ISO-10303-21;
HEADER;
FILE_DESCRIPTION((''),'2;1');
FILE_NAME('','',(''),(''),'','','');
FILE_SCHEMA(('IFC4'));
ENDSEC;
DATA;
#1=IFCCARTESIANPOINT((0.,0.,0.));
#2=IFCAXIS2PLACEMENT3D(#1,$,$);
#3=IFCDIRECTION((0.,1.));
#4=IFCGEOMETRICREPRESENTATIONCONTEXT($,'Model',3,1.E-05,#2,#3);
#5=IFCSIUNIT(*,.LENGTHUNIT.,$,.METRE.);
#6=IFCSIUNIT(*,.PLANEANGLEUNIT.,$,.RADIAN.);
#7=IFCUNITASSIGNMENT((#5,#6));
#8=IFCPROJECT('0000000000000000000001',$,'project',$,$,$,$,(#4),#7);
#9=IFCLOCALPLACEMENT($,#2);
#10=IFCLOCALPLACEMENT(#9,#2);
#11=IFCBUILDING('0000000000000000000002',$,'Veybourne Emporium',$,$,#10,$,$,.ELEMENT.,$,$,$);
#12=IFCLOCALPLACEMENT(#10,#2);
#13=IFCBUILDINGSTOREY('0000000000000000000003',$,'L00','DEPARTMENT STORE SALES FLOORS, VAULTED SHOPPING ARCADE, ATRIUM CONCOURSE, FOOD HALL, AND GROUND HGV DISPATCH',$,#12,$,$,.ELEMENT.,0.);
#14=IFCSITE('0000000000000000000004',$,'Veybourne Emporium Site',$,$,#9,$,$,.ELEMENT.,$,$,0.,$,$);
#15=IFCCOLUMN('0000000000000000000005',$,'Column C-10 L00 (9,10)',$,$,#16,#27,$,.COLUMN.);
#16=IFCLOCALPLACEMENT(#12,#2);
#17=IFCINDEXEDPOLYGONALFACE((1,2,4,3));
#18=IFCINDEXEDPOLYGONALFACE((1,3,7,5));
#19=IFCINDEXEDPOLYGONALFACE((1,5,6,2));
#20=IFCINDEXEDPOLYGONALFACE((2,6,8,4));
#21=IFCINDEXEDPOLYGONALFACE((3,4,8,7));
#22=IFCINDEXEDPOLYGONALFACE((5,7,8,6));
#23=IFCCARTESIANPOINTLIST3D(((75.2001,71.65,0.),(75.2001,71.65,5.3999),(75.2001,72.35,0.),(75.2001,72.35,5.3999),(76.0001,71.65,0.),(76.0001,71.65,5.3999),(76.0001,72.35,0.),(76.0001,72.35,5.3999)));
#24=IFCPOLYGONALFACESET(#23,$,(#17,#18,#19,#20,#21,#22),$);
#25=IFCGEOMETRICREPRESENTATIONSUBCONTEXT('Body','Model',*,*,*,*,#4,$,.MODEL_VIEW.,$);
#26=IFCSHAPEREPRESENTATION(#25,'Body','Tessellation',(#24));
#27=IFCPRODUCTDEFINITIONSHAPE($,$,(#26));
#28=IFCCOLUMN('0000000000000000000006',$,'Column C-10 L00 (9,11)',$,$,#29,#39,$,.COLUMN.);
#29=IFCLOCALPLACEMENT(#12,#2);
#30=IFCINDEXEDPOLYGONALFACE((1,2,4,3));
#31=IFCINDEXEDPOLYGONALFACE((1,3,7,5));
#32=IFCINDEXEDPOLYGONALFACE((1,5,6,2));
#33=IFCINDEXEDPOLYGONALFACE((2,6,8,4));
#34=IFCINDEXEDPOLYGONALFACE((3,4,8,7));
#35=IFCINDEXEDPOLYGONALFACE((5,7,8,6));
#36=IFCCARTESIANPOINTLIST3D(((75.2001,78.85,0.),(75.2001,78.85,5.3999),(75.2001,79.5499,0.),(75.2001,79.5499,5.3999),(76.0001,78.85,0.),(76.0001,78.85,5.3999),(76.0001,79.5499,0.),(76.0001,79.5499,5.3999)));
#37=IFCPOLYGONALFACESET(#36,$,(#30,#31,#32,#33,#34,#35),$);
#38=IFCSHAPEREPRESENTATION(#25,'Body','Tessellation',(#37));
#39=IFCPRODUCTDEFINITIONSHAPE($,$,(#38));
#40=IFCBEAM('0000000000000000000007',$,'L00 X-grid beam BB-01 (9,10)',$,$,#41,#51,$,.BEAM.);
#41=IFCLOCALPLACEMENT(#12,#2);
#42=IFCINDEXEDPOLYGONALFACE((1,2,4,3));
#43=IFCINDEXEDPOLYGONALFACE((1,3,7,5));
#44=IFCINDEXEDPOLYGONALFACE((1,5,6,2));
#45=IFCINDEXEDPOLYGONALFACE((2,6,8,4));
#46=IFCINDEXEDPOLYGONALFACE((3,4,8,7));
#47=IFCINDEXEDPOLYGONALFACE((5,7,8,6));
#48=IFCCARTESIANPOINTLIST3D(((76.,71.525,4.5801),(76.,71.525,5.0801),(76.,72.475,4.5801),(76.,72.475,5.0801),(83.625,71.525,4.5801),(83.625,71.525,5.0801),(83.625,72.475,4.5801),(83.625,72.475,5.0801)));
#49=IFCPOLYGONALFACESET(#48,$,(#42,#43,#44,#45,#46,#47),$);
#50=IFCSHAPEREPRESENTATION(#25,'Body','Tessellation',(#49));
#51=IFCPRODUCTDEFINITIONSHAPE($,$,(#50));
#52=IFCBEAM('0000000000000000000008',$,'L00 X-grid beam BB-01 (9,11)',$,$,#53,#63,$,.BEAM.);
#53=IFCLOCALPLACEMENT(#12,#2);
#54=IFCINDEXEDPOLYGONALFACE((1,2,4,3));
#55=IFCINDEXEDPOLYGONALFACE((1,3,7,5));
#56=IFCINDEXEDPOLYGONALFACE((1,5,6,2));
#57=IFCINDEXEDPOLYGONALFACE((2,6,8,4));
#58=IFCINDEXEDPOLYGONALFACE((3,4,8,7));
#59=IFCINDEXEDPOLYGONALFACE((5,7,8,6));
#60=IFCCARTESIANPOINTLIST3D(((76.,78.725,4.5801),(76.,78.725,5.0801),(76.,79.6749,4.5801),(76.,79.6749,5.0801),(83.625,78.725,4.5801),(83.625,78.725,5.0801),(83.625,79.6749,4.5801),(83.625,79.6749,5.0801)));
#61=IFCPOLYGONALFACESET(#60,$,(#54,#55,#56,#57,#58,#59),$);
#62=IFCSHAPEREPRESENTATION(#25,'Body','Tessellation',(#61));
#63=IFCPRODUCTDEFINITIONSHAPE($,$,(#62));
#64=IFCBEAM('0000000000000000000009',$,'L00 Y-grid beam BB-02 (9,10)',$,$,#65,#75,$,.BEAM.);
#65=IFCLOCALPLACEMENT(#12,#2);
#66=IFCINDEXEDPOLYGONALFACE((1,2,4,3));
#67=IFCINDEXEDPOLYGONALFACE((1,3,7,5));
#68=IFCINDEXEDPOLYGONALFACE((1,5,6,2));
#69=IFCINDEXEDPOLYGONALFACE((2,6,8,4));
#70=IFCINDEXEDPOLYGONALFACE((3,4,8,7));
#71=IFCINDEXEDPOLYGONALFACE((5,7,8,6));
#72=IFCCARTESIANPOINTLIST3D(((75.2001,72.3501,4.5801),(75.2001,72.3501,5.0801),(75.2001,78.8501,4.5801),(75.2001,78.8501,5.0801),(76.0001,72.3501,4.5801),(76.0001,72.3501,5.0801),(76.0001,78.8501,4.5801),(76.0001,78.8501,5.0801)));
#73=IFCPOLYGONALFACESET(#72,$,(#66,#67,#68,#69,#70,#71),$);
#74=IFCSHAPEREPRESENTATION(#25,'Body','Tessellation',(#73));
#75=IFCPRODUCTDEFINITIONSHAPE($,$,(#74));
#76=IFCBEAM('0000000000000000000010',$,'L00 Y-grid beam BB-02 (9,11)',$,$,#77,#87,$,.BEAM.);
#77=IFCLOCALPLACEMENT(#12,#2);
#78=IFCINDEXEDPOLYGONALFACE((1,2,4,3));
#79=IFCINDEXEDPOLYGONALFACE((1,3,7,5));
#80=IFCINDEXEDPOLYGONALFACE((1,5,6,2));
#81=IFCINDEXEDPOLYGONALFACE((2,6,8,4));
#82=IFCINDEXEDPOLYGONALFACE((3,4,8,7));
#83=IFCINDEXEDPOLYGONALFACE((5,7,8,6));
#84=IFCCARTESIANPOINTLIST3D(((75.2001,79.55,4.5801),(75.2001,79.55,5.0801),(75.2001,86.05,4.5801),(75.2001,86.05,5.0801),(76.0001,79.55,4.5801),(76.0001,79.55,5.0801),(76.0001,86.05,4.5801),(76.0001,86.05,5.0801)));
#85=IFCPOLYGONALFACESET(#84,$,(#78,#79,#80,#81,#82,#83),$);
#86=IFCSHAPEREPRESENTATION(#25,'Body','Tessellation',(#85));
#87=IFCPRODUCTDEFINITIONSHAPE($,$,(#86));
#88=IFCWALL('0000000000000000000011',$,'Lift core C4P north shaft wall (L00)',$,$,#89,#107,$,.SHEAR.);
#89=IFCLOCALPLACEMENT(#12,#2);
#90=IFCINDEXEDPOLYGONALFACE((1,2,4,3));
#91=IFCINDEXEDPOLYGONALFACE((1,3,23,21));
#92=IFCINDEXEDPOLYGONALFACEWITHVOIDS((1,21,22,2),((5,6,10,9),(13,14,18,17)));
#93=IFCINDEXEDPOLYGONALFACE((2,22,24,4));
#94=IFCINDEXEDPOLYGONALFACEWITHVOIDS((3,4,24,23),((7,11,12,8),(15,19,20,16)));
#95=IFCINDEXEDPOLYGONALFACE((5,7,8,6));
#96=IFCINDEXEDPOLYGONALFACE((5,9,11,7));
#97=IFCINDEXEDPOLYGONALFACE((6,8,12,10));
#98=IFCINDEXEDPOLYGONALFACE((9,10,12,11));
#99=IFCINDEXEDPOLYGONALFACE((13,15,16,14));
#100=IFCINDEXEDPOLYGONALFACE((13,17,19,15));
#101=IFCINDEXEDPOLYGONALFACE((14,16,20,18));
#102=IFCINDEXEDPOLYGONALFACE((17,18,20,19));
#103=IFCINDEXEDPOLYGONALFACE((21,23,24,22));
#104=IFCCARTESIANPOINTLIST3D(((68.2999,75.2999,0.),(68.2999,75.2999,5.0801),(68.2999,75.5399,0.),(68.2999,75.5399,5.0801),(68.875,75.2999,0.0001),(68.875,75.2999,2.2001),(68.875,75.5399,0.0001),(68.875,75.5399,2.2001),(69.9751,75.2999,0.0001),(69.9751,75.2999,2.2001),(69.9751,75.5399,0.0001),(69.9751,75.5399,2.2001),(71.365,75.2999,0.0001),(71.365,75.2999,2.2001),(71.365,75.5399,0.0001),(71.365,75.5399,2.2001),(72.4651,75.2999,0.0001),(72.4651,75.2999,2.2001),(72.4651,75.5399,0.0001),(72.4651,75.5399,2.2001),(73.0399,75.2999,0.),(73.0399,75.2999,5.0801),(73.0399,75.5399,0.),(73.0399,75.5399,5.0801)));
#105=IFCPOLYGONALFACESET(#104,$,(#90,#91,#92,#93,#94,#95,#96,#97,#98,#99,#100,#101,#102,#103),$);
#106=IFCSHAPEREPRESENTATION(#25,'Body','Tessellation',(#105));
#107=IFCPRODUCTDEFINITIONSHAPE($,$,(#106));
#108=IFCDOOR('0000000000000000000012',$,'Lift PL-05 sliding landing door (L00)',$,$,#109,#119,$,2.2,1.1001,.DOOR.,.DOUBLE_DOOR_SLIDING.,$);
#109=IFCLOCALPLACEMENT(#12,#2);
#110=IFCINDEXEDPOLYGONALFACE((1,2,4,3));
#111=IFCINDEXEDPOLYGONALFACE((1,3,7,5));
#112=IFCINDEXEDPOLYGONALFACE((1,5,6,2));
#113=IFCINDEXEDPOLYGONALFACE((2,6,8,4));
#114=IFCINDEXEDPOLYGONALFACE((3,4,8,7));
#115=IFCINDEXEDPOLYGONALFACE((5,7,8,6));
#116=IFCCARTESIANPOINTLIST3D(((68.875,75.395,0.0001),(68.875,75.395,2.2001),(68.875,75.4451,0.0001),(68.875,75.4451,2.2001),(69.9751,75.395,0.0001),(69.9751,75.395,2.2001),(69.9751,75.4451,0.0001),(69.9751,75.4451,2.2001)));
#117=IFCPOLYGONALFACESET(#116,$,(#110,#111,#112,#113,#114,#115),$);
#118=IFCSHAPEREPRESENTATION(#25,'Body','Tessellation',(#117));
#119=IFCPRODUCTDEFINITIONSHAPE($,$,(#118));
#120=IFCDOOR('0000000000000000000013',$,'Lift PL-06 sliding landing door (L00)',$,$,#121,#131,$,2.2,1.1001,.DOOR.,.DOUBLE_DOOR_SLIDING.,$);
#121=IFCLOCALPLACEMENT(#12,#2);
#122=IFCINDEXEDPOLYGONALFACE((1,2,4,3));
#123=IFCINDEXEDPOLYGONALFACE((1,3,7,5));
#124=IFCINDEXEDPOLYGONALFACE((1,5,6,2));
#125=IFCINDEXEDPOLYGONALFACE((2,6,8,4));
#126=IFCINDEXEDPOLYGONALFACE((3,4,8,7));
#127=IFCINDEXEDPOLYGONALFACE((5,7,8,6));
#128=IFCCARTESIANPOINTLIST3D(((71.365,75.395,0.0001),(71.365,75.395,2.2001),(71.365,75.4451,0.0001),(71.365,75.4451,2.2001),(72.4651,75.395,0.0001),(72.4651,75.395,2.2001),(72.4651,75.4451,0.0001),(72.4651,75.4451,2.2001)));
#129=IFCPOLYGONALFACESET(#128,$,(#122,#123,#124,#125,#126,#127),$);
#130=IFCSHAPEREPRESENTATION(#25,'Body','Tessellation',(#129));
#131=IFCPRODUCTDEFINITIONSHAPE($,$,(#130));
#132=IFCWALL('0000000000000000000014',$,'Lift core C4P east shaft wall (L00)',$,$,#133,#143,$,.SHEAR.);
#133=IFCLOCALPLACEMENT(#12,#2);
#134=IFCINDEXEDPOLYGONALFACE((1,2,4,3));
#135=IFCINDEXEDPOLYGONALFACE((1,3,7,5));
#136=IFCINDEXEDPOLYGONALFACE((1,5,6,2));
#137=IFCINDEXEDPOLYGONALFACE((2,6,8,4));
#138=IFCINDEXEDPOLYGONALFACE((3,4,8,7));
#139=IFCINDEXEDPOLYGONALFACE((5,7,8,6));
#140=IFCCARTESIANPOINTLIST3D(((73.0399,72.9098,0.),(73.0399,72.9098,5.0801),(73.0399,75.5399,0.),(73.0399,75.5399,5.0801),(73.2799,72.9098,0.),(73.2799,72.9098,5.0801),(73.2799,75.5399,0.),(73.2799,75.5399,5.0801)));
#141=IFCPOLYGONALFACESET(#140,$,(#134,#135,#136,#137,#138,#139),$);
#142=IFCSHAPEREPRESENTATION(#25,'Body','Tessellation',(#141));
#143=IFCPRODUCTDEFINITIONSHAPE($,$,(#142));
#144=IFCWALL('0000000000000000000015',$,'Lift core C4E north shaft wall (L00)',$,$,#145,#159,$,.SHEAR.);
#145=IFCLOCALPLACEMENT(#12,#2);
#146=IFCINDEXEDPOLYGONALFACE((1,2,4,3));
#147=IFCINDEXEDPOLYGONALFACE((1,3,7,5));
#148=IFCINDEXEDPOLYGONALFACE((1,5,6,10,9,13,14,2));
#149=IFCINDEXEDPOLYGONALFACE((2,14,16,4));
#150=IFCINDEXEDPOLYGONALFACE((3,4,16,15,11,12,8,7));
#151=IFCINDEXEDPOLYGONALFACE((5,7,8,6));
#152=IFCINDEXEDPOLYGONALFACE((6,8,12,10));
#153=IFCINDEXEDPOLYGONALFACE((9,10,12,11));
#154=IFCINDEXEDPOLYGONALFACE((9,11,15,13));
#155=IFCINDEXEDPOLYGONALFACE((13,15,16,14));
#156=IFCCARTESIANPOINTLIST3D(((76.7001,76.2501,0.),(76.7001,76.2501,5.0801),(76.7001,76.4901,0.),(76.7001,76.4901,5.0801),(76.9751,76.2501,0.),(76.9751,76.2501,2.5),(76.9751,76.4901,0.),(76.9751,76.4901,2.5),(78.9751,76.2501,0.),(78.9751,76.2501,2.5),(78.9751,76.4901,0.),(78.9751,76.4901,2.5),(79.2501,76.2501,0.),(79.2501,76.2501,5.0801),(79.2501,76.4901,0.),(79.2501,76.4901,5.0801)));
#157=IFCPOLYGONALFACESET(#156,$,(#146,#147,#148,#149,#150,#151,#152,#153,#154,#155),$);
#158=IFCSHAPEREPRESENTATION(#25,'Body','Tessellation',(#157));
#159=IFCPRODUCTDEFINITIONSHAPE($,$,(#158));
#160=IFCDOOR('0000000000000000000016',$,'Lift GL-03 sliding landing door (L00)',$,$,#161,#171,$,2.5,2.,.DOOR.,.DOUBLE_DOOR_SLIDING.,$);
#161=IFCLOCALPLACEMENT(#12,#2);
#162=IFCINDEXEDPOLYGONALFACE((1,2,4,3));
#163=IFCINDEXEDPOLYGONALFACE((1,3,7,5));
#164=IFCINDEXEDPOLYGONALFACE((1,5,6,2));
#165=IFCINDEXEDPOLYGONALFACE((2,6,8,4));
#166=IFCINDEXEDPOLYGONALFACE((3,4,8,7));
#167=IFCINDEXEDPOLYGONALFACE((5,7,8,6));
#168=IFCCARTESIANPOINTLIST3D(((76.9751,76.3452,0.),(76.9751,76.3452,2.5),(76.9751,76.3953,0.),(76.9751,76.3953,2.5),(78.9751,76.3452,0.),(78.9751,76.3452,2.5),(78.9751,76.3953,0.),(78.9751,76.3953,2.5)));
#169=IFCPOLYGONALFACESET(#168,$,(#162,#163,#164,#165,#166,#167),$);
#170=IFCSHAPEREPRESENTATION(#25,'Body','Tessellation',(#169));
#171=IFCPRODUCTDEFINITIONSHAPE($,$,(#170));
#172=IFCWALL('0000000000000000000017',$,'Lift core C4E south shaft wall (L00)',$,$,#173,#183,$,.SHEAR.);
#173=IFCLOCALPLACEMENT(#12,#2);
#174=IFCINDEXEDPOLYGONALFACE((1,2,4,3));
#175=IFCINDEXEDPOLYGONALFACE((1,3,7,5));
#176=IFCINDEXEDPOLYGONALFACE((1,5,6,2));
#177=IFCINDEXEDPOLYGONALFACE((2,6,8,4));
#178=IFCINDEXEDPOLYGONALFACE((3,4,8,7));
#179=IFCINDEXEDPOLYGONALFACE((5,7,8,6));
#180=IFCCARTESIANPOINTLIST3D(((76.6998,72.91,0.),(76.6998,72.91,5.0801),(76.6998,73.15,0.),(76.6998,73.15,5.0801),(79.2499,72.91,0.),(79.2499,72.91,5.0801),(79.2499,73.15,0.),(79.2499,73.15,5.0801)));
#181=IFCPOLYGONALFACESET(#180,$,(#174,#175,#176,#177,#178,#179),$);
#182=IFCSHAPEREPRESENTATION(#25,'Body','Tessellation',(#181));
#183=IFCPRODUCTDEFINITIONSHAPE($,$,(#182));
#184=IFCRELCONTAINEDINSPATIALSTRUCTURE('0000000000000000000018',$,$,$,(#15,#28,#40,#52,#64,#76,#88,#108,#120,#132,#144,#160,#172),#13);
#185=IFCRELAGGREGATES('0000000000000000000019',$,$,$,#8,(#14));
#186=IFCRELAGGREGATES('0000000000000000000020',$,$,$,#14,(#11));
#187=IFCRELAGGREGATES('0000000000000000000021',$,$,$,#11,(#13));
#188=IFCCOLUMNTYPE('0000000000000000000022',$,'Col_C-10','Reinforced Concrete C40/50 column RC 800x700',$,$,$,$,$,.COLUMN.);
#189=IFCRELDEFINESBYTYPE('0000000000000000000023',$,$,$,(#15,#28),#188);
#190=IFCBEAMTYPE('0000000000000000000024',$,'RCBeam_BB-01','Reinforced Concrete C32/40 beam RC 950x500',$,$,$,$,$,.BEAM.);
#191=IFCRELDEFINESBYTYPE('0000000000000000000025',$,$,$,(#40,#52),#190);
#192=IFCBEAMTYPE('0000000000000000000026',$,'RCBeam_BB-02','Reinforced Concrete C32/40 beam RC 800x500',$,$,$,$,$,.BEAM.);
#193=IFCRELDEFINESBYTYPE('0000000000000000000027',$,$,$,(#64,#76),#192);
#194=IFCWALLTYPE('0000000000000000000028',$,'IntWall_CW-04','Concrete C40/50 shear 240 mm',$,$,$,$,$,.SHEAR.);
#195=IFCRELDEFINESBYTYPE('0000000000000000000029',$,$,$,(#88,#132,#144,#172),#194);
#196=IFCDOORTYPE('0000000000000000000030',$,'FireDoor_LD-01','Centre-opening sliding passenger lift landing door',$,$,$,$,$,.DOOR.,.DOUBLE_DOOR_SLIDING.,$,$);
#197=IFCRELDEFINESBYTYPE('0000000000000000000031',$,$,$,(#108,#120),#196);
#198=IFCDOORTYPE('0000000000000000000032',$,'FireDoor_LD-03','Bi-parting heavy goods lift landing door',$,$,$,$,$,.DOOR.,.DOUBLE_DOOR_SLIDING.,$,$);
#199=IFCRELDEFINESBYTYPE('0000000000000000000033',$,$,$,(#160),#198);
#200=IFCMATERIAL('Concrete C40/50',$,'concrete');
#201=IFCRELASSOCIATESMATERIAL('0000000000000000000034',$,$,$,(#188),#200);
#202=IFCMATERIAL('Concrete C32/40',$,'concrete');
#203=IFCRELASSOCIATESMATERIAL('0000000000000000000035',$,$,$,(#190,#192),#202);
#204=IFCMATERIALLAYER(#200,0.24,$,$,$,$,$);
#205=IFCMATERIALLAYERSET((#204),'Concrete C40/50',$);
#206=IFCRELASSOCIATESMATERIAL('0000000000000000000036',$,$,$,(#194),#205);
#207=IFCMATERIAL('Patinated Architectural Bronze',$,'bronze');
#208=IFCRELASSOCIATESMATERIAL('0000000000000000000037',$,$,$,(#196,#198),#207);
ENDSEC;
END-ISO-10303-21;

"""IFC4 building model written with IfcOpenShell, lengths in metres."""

from ifc_helpers import new_model, si_unit, direction, frame, frame_2d, origin, origin_2d, place, context, subcontext, project, spatial, rectangle, extrude, material, layer, layer_set, material_profile, profile_set, type_object, element, fill, save


model = new_model("IFC4")

# Units and contexts
model_context = context("Model", 3, precision=1e-05, world=origin(), true_north=direction((0.0, 1.0)))
body_context = subcontext(model_context, "Body", "Model", "MODEL_VIEW")
ifc_project = project(units=[si_unit("LENGTHUNIT", "METRE"), si_unit("PLANEANGLEUNIT", "RADIAN")], contexts=[model_context])

# Site, building, storey
site_placement = place(None, origin())
site = spatial("IfcSite", under=ifc_project, at=site_placement, Name="Veybourne Emporium Site", CompositionType="ELEMENT", RefElevation=0.0)
building_placement = place(site_placement, origin())
building = spatial("IfcBuilding", under=site, at=building_placement, Name="Veybourne Emporium", CompositionType="ELEMENT")
storey_placement = place(building_placement, origin())
storey = spatial("IfcBuildingStorey", under=building, at=storey_placement, Name="L00", Description="DEPARTMENT STORE SALES FLOORS, VAULTED SHOPPING ARCADE, ATRIUM CONCOURSE, FOOD HALL, AND GROUND HGV DISPATCH", CompositionType="ELEMENT", Elevation=0.0)

# Columns
ifc_material_1 = material(Name="Concrete C40/50", Category="concrete")
ifc_material_profile_1 = material_profile(ifc_material_1, rectangle(XDim=0.8, YDim=0.7, at=origin_2d()), Name="RC 800x700")
ifc_profile_set_1 = profile_set([ifc_material_profile_1], Name="Concrete C40/50")
column_type = type_object("IfcColumnType", Name="Col_C-10", Description="Reinforced Concrete C40/50 column RC 800x700", PredefinedType="COLUMN", material=ifc_profile_set_1)
for number, where, z_axis, x_axis, name in (
    (1, (75.6001, 72.0, 0.0), (0.0, 0.0, 1.0), (1.0, 0.0, 0.0), "Column C-10 L00 (9,10)"),
    (2, (75.6001, 79.2, 0.0), (0.0, 0.0, 1.0), (1.0, 0.0, 0.0), "Column C-10 L00 (9,11)"),
):
    element("IfcColumn", number, at=place(storey_placement, frame(where, z_axis=z_axis, x_axis=x_axis)), inside=storey, type_object=column_type, Name=name, PredefinedType="COLUMN", context=body_context, shape_type="SweptSolid", body=[
        extrude(rectangle(XDim=0.8, YDim=0.7, at=origin_2d()), origin(), (0.0, 0.0, 1.0), 5.3999),
    ])

# Beams
ifc_material_2 = material(Name="Concrete C32/40", Category="concrete")
ifc_material_profile_2 = material_profile(ifc_material_2, rectangle(XDim=0.95, YDim=0.5, at=origin_2d()), Name="RC 950x500")
ifc_profile_set_2 = profile_set([ifc_material_profile_2], Name="Concrete C32/40")
beam_type_1 = type_object("IfcBeamType", Name="RCBeam_BB-01", Description="Reinforced Concrete C32/40 beam RC 950x500", PredefinedType="BEAM", material=ifc_profile_set_2)
for number, where, z_axis, x_axis, name in (
    (3, (76.0, 72.0, 4.8301), (1.0, 0.0, 0.0), (0.0, 1.0, 0.0), "L00 X-grid beam BB-01 (9,10)"),
    (4, (76.0, 79.2, 4.8301), (1.0, 0.0, 0.0), (0.0, 1.0, 0.0), "L00 X-grid beam BB-01 (9,11)"),
):
    element("IfcBeam", number, at=place(storey_placement, frame(where, z_axis=z_axis, x_axis=x_axis)), inside=storey, type_object=beam_type_1, Name=name, PredefinedType="BEAM", context=body_context, shape_type="SweptSolid", body=[
        extrude(rectangle(XDim=0.95, YDim=0.5, at=origin_2d()), origin(), (0.0, 0.0, 1.0), 7.625),
    ])
ifc_material_profile_3 = material_profile(ifc_material_2, rectangle(XDim=0.8, YDim=0.5, at=origin_2d()), Name="RC 800x500")
ifc_profile_set_3 = profile_set([ifc_material_profile_3], Name="Concrete C32/40")
beam_type_2 = type_object("IfcBeamType", Name="RCBeam_BB-02", Description="Reinforced Concrete C32/40 beam RC 800x500", PredefinedType="BEAM", material=ifc_profile_set_3)
for number, where, z_axis, x_axis, name in (
    (5, (75.6001, 72.3501, 4.8301), (0.0, 1.0, 0.0), (-1.0, 0.0, 0.0), "L00 Y-grid beam BB-02 (9,10)"),
    (6, (75.6001, 79.55, 4.8301), (0.0, 1.0, 0.0), (-1.0, 0.0, 0.0), "L00 Y-grid beam BB-02 (9,11)"),
):
    element("IfcBeam", number, at=place(storey_placement, frame(where, z_axis=z_axis, x_axis=x_axis)), inside=storey, type_object=beam_type_2, Name=name, PredefinedType="BEAM", context=body_context, shape_type="SweptSolid", body=[
        extrude(rectangle(XDim=0.8, YDim=0.5, at=origin_2d()), origin(), (0.0, 0.0, 1.0), 6.5),
    ])

# Wall, openings, doors
ifc_layer_1 = layer(ifc_material_1, 0.24)
ifc_layer_set_1 = layer_set([ifc_layer_1], Name="Concrete C40/50")
wall_type_1 = type_object("IfcWallType", Name="IntWall_CW-04", Description="Concrete C40/50 shear 240 mm", PredefinedType="SHEAR", material=ifc_layer_set_1)
wall_1_placement = place(storey_placement, frame((73.04, 75.4199, 0.0), z_axis=(0.0, 0.0, 1.0), x_axis=(-1.0, 0.0, 0.0)))
wall_1 = element("IfcWall", 7, at=wall_1_placement, inside=storey, type_object=wall_type_1, Name="Lift core C4P north shaft wall (L00)", PredefinedType="SHEAR", context=body_context, shape_type="SweptSolid", body=[
    extrude(rectangle(XDim=4.74, YDim=0.24, at=frame_2d((2.3701, 0.0))), origin(), (0.0, 0.0, 1.0), 5.0801),
])
opening_1_placement = place(wall_1_placement, frame((3.0649, 0.0, 0.0)))
opening_1 = element("IfcOpeningElement", 8, at=opening_1_placement, cuts=wall_1, PredefinedType="OPENING", context=body_context, shape_type="SweptSolid", body=[
    extrude(rectangle(XDim=1.1001, YDim=2.2, at=frame_2d((0.55, 1.1001))), frame((0.0, 0.1401, 0.0), z_axis=(0.0, -1.0, 0.0), x_axis=(1.0, 0.0, 0.0)), (0.0, 0.0, 1.0), 0.28),
])
opening_2_placement = place(wall_1_placement, frame((0.575, 0.0, 0.0)))
opening_2 = element("IfcOpeningElement", 9, at=opening_2_placement, cuts=wall_1, PredefinedType="OPENING", context=body_context, shape_type="SweptSolid", body=[
    extrude(rectangle(XDim=1.1001, YDim=2.2, at=frame_2d((0.55, 1.1001))), frame((0.0, 0.1401, 0.0), z_axis=(0.0, -1.0, 0.0), x_axis=(1.0, 0.0, 0.0)), (0.0, 0.0, 1.0), 0.28),
])
ifc_material_3 = material(Name="Patinated Architectural Bronze", Category="bronze")
door_type_1 = type_object("IfcDoorType", Name="FireDoor_LD-01", Description="Centre-opening sliding passenger lift landing door", OperationType="DOUBLE_DOOR_SLIDING", PredefinedType="DOOR", material=ifc_material_3)
door_1_placement = place(opening_1_placement, origin())
door_1 = element("IfcDoor", 10, at=door_1_placement, inside=storey, type_object=door_type_1, Name="Lift PL-05 sliding landing door (L00)", OperationType="DOUBLE_DOOR_SLIDING", OverallHeight=2.2, OverallWidth=1.1001, PredefinedType="DOOR", context=body_context, shape_type="SweptSolid", body=[
    extrude(rectangle(XDim=1.1001, YDim=2.2, at=frame_2d((0.55, 1.1001))), frame((0.0, 0.0249, 0.0), z_axis=(0.0, -1.0, 0.0), x_axis=(1.0, 0.0, 0.0)), (0.0, 0.0, 1.0), 0.05),
])
fill(opening_1, door_1)
door_2_placement = place(opening_2_placement, origin())
door_2 = element("IfcDoor", 11, at=door_2_placement, inside=storey, type_object=door_type_1, Name="Lift PL-06 sliding landing door (L00)", OperationType="DOUBLE_DOOR_SLIDING", OverallHeight=2.2, OverallWidth=1.1001, PredefinedType="DOOR", context=body_context, shape_type="SweptSolid", body=[
    extrude(rectangle(XDim=1.1001, YDim=2.2, at=frame_2d((0.55, 1.1001))), frame((0.0, 0.0249, 0.0), z_axis=(0.0, -1.0, 0.0), x_axis=(1.0, 0.0, 0.0)), (0.0, 0.0, 1.0), 0.05),
])
fill(opening_2, door_2)

# Wall
wall_2_placement = place(storey_placement, frame((73.1599, 72.9099, 0.0), z_axis=(0.0, 0.0, 1.0), x_axis=(0.0, 1.0, 0.0)))
element("IfcWall", 12, at=wall_2_placement, inside=storey, type_object=wall_type_1, Name="Lift core C4P east shaft wall (L00)", PredefinedType="SHEAR", context=body_context, shape_type="SweptSolid", body=[
    extrude(rectangle(XDim=2.6301, YDim=0.24, at=frame_2d((1.3149, 0.0))), origin(), (0.0, 0.0, 1.0), 5.0801),
])

# Wall, opening, door
wall_3_placement = place(storey_placement, frame((79.25, 76.3701, 0.0), z_axis=(0.0, 0.0, 1.0), x_axis=(-1.0, 0.0, 0.0)))
wall_3 = element("IfcWall", 13, at=wall_3_placement, inside=storey, type_object=wall_type_1, Name="Lift core C4E north shaft wall (L00)", PredefinedType="SHEAR", context=body_context, shape_type="SweptSolid", body=[
    extrude(rectangle(XDim=2.55, YDim=0.24, at=frame_2d((1.2749, 0.0))), origin(), (0.0, 0.0, 1.0), 5.0801),
])
opening_3_placement = place(wall_3_placement, frame((0.2749, 0.0, 0.0)))
opening_3 = element("IfcOpeningElement", 14, at=opening_3_placement, cuts=wall_3, PredefinedType="OPENING", context=body_context, shape_type="SweptSolid", body=[
    extrude(rectangle(XDim=2.0, YDim=2.5, at=frame_2d((1.0, 1.25))), frame((0.0, 0.1401, 0.0), z_axis=(0.0, -1.0, 0.0), x_axis=(1.0, 0.0, 0.0)), (0.0, 0.0, 1.0), 0.28),
])
door_type_2 = type_object("IfcDoorType", Name="FireDoor_LD-03", Description="Bi-parting heavy goods lift landing door", OperationType="DOUBLE_DOOR_SLIDING", PredefinedType="DOOR", material=ifc_material_3)
door_3_placement = place(opening_3_placement, origin())
door_3 = element("IfcDoor", 15, at=door_3_placement, inside=storey, type_object=door_type_2, Name="Lift GL-03 sliding landing door (L00)", OperationType="DOUBLE_DOOR_SLIDING", OverallHeight=2.5, OverallWidth=2.0, PredefinedType="DOOR", context=body_context, shape_type="SweptSolid", body=[
    extrude(rectangle(XDim=2.0, YDim=2.5, at=frame_2d((1.0, 1.25))), frame((0.0, 0.0249, 0.0), z_axis=(0.0, -1.0, 0.0), x_axis=(1.0, 0.0, 0.0)), (0.0, 0.0, 1.0), 0.05),
])
fill(opening_3, door_3)

# Wall
wall_4_placement = place(storey_placement, frame((76.7, 73.03, 0.0), z_axis=(0.0, 0.0, 1.0), x_axis=(1.0, 0.0, 0.0)))
element("IfcWall", 16, at=wall_4_placement, inside=storey, type_object=wall_type_1, Name="Lift core C4E south shaft wall (L00)", PredefinedType="SHEAR", context=body_context, shape_type="SweptSolid", body=[
    extrude(rectangle(XDim=2.55, YDim=0.24, at=frame_2d((1.2749, 0.0))), origin(), (0.0, 0.0, 1.0), 5.0801),
])

save(model, "model.ifc")
